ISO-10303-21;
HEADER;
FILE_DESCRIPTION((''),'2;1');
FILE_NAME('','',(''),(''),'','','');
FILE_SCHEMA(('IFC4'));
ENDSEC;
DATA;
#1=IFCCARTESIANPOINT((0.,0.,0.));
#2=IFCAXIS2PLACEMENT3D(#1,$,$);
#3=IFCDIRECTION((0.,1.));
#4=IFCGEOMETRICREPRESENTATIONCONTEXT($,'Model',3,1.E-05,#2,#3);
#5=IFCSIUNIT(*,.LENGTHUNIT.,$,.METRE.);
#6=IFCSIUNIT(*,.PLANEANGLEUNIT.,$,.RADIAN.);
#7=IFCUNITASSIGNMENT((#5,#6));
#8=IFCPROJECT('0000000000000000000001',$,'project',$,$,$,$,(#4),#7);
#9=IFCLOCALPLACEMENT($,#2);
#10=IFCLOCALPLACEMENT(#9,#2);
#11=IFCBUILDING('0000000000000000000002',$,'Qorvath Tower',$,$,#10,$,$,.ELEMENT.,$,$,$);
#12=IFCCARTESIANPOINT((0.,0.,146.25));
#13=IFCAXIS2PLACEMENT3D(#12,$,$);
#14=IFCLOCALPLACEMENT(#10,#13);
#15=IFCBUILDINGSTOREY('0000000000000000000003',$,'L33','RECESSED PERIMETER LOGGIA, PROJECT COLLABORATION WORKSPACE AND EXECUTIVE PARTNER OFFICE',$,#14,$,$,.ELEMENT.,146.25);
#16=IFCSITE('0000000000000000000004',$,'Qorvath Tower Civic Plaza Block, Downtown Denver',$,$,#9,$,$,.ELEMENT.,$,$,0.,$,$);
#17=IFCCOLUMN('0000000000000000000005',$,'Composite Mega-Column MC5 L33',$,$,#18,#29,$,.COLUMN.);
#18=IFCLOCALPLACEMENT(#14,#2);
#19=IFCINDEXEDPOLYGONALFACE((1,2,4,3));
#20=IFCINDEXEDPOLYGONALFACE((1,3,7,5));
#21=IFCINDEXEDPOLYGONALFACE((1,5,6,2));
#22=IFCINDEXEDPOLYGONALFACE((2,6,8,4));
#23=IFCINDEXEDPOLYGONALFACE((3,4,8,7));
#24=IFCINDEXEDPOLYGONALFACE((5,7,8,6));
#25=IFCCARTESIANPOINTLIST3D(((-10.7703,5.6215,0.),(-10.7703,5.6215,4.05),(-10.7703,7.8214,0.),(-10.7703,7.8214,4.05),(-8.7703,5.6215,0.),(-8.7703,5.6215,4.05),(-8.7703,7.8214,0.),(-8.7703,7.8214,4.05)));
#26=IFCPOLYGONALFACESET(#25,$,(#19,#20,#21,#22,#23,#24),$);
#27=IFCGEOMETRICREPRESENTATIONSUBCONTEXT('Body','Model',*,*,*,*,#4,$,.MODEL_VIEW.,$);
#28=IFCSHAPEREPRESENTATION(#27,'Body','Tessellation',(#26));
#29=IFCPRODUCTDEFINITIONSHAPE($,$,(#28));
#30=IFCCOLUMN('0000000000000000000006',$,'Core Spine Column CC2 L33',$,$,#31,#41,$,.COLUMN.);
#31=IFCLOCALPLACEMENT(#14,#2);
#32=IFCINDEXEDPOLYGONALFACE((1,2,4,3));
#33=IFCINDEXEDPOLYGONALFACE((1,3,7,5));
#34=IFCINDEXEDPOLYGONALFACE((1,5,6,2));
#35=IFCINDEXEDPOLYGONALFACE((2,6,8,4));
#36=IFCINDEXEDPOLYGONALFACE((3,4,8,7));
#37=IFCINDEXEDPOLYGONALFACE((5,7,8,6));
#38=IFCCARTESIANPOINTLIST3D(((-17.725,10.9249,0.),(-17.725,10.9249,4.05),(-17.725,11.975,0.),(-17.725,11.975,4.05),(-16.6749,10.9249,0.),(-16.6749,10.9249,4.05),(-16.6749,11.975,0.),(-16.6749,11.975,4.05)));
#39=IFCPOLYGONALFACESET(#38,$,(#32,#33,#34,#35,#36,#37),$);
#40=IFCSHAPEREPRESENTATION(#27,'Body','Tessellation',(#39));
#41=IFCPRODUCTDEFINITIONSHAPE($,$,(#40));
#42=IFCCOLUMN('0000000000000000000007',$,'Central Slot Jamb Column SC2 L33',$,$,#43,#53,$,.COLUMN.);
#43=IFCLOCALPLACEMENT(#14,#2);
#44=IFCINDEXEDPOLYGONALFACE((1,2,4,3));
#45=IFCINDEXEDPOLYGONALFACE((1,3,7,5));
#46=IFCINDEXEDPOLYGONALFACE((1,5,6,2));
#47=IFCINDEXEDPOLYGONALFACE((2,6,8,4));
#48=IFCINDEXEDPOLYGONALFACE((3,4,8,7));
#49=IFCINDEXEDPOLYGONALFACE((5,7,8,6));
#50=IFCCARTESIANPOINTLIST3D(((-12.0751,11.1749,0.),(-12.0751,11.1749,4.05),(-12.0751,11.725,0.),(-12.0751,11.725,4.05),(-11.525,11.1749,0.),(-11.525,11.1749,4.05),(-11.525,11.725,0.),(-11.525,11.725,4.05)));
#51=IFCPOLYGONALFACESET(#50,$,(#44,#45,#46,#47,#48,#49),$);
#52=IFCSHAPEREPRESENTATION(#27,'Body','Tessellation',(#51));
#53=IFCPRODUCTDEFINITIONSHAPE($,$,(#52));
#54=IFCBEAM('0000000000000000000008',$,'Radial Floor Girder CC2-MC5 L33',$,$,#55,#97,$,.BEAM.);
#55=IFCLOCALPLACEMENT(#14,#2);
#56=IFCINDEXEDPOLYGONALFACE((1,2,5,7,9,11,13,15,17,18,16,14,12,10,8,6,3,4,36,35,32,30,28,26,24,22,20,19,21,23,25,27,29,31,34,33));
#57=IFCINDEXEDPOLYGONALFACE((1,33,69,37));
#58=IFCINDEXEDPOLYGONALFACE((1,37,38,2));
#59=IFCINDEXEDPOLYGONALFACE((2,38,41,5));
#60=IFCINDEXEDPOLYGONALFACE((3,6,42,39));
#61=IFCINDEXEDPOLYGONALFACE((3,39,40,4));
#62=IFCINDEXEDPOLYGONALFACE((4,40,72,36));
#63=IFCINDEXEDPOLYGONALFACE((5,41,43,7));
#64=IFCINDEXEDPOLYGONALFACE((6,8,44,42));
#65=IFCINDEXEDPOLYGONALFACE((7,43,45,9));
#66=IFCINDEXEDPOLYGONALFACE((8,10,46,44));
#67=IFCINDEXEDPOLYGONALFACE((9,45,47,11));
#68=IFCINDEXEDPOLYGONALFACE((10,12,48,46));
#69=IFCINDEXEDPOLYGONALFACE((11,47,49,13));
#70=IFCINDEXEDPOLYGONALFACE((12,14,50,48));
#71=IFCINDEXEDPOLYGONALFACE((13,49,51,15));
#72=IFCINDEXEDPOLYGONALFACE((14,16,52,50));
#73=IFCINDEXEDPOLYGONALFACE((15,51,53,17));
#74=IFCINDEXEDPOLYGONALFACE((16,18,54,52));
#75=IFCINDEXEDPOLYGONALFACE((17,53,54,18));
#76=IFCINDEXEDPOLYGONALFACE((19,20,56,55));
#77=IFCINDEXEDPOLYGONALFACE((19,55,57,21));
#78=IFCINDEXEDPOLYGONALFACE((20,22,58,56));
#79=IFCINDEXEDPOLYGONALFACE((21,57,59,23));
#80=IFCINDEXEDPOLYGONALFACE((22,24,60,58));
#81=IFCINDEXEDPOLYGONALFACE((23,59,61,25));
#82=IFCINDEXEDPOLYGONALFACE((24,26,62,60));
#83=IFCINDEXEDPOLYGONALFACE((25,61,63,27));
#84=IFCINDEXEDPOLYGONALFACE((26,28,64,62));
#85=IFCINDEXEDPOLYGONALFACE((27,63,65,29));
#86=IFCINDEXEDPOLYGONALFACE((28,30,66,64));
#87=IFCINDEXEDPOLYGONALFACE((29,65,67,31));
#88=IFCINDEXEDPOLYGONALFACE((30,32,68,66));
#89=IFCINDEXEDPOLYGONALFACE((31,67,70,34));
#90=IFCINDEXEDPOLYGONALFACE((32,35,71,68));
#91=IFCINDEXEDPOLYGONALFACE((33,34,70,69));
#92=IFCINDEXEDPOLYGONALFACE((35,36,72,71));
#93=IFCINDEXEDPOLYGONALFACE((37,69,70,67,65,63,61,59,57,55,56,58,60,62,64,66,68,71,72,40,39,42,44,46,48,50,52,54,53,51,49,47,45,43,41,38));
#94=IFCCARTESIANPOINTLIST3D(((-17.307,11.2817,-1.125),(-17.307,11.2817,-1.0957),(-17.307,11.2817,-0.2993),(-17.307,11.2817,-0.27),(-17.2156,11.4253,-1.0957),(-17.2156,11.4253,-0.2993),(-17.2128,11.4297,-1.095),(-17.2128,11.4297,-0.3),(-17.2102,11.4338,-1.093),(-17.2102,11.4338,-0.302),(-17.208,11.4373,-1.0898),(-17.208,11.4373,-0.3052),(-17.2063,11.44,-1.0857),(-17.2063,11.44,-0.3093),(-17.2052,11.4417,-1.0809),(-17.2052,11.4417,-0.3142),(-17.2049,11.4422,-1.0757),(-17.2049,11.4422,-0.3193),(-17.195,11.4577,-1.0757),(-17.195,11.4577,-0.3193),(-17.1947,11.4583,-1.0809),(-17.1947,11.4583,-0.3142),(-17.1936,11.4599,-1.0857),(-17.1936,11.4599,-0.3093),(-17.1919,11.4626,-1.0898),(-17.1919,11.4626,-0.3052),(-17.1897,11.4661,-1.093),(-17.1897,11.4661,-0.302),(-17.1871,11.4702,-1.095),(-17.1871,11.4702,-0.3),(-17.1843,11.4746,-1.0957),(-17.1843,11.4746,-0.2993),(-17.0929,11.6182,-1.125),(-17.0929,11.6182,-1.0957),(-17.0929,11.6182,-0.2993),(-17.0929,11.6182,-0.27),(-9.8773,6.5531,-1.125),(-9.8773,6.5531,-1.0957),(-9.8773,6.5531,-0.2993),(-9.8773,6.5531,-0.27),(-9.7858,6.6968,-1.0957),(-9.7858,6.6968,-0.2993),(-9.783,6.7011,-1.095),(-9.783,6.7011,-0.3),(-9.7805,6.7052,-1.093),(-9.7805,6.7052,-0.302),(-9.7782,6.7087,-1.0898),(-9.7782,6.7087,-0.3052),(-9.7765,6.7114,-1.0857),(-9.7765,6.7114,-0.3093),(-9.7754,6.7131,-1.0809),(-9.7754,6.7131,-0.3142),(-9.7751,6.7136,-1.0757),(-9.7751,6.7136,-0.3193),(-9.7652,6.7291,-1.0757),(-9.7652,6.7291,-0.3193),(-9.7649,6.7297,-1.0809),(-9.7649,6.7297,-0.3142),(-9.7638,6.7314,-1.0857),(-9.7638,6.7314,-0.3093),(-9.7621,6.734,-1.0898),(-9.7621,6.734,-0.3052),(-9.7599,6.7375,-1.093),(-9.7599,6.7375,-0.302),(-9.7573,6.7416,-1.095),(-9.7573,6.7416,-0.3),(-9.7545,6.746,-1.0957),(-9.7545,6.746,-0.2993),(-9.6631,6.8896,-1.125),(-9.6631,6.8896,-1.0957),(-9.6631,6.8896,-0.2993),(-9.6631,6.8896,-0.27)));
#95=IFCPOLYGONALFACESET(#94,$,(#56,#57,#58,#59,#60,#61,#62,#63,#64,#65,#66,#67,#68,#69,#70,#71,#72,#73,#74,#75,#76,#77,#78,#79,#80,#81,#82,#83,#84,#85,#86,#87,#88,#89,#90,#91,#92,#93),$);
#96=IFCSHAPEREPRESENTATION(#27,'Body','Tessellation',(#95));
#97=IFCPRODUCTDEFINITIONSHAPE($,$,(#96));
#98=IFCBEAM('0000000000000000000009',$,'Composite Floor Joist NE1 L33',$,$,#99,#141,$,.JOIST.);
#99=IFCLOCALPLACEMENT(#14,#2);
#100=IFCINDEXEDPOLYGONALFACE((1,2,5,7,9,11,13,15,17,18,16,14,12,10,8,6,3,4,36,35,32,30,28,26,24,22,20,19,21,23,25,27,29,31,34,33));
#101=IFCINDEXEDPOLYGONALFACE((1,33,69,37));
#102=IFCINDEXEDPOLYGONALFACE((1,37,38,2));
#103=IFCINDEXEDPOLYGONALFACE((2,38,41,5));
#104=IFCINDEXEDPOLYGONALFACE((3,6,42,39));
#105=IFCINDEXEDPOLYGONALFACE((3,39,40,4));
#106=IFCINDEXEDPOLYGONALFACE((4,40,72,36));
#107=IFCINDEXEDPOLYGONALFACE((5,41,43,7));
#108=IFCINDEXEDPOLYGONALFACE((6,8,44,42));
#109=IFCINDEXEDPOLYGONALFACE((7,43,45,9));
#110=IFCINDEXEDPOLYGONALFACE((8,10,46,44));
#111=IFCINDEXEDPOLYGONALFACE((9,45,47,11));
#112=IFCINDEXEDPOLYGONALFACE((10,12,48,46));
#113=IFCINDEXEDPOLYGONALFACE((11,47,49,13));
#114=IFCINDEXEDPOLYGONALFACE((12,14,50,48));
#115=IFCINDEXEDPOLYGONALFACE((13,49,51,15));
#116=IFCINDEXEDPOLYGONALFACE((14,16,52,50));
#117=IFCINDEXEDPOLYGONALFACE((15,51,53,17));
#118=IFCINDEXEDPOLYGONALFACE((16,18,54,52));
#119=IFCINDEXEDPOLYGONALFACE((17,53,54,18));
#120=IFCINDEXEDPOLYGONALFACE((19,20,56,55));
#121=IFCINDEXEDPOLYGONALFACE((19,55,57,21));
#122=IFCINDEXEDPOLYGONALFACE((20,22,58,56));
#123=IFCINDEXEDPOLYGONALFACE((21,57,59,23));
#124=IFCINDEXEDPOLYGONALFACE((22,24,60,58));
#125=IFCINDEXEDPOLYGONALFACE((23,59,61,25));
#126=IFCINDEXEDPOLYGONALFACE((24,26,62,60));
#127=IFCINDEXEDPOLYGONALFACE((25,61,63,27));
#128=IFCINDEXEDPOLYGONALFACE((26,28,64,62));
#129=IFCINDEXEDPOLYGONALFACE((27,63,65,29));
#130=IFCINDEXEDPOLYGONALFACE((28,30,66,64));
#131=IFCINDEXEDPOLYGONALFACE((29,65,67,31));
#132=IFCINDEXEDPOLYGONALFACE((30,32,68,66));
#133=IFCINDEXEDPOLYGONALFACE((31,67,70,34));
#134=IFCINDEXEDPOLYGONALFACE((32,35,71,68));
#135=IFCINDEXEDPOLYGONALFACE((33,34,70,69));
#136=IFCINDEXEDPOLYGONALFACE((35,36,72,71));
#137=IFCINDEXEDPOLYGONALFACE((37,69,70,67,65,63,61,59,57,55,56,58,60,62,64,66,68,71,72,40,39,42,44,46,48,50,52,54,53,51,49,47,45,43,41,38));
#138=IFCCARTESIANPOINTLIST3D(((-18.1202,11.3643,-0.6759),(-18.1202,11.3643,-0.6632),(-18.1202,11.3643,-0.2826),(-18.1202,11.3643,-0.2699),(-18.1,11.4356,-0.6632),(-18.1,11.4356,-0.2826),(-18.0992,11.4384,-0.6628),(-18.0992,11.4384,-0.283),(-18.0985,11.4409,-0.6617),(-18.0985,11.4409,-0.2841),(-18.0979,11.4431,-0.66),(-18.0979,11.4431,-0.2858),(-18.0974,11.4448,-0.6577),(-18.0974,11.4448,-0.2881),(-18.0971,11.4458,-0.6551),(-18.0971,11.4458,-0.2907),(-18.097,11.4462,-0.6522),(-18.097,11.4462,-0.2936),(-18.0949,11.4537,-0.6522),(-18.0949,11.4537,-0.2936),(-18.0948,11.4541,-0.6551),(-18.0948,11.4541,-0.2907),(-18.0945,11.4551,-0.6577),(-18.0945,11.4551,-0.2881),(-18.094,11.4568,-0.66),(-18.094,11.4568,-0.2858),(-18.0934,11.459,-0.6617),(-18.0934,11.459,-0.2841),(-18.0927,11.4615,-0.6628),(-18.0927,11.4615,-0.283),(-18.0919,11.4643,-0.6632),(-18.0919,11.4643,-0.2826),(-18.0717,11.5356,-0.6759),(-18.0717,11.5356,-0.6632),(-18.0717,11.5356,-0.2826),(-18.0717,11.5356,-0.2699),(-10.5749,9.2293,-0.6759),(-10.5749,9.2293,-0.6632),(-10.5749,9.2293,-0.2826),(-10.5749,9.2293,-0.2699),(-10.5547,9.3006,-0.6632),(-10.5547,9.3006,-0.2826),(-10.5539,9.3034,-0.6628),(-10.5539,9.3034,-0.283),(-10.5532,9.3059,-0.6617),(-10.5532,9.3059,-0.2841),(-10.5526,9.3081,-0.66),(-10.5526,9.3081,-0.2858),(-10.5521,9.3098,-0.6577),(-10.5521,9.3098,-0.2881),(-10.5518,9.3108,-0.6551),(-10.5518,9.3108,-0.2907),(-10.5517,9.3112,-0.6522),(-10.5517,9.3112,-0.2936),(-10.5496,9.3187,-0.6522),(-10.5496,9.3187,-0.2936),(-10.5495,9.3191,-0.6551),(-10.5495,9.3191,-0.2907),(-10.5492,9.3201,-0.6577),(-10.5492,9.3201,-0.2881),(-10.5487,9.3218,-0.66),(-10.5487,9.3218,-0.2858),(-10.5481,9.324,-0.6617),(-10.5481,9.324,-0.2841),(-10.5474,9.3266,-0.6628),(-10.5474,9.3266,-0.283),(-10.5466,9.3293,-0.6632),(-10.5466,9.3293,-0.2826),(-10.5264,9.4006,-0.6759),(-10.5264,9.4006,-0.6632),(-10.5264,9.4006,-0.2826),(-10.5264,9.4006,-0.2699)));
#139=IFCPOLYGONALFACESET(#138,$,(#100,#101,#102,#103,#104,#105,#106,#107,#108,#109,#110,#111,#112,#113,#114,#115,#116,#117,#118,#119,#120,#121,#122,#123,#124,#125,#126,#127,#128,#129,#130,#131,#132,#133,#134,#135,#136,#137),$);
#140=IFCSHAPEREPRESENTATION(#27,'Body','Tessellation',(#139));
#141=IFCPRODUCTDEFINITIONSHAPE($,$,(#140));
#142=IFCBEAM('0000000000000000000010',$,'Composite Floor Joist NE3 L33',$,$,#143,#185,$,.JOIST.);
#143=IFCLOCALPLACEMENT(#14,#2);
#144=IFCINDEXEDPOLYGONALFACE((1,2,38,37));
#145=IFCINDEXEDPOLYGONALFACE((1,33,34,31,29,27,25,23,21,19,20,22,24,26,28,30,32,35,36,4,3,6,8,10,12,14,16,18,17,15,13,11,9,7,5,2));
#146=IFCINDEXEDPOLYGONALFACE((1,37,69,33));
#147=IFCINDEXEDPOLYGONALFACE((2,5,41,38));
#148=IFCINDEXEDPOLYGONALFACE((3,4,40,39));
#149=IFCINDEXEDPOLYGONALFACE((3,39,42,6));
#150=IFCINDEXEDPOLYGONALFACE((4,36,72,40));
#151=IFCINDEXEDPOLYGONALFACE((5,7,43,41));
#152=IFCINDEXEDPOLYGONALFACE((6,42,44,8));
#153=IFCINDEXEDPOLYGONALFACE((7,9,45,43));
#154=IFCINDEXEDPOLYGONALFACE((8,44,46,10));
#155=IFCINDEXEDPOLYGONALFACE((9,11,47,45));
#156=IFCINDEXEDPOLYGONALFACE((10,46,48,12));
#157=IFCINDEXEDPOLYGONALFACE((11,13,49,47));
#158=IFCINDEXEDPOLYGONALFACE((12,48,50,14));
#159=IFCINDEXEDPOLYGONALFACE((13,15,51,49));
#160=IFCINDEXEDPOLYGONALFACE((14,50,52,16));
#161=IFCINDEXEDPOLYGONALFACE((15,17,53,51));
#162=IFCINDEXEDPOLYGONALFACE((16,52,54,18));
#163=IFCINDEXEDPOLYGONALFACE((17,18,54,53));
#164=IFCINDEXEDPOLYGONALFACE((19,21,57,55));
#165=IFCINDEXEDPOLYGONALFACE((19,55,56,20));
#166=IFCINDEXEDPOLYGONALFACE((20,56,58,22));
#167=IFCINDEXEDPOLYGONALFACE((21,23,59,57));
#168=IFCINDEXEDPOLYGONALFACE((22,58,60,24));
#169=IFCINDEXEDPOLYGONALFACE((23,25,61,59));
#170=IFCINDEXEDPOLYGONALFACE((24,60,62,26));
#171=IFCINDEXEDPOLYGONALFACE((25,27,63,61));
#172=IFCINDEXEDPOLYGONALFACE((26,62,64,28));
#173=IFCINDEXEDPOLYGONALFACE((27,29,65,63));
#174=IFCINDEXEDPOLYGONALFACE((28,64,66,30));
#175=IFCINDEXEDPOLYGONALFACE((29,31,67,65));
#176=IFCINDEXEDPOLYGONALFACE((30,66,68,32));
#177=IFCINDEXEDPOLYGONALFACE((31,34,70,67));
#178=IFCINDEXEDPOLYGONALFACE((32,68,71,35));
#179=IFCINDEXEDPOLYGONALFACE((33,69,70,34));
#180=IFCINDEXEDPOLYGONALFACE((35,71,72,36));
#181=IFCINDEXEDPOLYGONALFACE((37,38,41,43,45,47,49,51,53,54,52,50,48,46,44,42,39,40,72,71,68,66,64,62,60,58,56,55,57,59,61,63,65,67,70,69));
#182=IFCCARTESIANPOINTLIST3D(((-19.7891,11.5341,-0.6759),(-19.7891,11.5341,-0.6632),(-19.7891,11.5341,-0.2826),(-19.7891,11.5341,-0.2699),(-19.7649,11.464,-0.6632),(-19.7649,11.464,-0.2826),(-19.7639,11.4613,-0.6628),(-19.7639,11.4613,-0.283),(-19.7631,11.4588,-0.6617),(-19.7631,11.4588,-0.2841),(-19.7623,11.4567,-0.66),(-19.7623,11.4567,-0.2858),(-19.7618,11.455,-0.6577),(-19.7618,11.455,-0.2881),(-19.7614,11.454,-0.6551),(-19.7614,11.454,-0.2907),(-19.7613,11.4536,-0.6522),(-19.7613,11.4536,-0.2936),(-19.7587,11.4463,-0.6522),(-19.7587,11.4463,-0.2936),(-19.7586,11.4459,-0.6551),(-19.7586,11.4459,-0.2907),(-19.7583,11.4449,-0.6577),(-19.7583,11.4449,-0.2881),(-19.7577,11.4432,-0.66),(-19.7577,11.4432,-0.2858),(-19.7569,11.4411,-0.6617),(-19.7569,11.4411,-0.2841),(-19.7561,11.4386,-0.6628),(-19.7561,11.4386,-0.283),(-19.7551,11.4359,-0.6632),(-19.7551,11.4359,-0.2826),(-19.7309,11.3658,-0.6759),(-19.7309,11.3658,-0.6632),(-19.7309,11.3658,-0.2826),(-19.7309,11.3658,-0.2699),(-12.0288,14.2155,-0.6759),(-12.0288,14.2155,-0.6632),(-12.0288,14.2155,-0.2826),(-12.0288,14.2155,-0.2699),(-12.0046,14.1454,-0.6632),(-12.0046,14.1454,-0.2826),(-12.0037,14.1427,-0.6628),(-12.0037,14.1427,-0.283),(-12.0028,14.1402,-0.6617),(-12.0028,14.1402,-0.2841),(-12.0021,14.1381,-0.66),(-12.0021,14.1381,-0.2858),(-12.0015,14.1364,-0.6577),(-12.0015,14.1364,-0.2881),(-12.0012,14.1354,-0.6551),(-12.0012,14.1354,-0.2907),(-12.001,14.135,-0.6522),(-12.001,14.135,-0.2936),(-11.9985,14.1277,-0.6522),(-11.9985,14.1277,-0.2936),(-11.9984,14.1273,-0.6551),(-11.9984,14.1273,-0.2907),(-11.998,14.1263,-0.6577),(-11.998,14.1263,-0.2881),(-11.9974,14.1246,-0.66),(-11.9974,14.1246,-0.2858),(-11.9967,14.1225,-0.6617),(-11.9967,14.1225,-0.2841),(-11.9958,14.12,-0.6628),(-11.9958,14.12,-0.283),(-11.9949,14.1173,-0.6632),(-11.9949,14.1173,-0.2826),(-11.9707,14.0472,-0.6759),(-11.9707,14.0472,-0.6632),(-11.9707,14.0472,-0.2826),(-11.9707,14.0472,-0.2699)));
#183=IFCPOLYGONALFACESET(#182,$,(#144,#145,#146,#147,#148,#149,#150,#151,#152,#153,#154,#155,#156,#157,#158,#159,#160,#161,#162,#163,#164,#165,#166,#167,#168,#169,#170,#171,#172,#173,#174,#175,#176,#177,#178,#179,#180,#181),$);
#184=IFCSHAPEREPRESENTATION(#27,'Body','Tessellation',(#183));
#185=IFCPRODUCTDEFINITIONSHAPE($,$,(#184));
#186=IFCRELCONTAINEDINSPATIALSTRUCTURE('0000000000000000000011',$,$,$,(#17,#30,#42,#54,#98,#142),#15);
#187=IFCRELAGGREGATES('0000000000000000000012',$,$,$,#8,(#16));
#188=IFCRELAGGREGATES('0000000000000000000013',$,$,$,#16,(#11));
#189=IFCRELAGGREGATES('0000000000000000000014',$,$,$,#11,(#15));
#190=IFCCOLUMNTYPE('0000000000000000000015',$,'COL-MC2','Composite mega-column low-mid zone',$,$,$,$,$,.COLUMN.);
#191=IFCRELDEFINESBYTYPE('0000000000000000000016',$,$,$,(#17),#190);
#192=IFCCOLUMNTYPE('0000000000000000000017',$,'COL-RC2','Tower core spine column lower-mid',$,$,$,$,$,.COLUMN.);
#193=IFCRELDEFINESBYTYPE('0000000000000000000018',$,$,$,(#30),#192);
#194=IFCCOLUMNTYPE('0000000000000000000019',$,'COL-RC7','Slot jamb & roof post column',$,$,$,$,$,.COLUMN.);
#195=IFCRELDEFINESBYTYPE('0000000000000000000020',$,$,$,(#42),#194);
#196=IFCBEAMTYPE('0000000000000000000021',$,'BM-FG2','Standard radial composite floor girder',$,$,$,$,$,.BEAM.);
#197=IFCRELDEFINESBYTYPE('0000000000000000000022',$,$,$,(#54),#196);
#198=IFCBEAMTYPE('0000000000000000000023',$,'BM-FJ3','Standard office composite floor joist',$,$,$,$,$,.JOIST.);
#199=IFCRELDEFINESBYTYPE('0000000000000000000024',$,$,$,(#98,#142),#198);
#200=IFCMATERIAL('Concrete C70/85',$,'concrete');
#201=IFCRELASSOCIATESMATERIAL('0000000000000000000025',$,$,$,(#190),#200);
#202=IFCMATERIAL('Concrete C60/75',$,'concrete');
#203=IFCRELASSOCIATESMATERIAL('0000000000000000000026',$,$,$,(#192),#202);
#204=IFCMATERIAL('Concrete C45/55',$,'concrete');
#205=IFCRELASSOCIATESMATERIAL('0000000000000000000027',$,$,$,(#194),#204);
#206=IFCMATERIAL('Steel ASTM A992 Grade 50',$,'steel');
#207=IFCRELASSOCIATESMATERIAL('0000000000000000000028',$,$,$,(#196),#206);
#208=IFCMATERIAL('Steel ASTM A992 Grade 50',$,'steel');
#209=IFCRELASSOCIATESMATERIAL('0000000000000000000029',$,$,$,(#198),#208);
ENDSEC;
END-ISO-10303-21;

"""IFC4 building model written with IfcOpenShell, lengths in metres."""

from ifc_helpers import new_model, si_unit, direction, frame, origin, origin_2d, place, context, subcontext, project, spatial, rectangle, i_section, extrude, material, material_profile, profile_set, type_object, element, save


model = new_model("IFC4")

# Units and contexts
model_context = context("Model", 3, precision=1e-05, world=origin(), true_north=direction((0.0, 1.0)))
body_context = subcontext(model_context, "Body", "Model", "MODEL_VIEW")
ifc_project = project(units=[si_unit("LENGTHUNIT", "METRE"), si_unit("PLANEANGLEUNIT", "RADIAN")], contexts=[model_context])

# Site, building, storey
site_placement = place(None, origin())
site = spatial("IfcSite", under=ifc_project, at=site_placement, Name="Qorvath Tower Civic Plaza Block, Downtown Denver", CompositionType="ELEMENT", RefElevation=0.0)
building_placement = place(site_placement, origin())
building = spatial("IfcBuilding", under=site, at=building_placement, Name="Qorvath Tower", CompositionType="ELEMENT")
storey_placement = place(building_placement, frame((0.0, 0.0, 146.25)))
storey = spatial("IfcBuildingStorey", under=building, at=storey_placement, Name="L33", Description="RECESSED PERIMETER LOGGIA, PROJECT COLLABORATION WORKSPACE AND EXECUTIVE PARTNER OFFICE", CompositionType="ELEMENT", Elevation=146.25)

# Columns
ifc_material_1 = material(Name="Concrete C70/85", Category="concrete")
ifc_material_profile_1 = material_profile(ifc_material_1, rectangle(XDim=2.0, YDim=2.2, at=origin_2d()), Name="MC 2200x2000")
ifc_profile_set_1 = profile_set([ifc_material_profile_1], Name="Concrete C70/85")
column_type_1 = type_object("IfcColumnType", Name="COL-MC2", Description="Composite mega-column low-mid zone", PredefinedType="COLUMN", material=ifc_profile_set_1)
column_1_placement = place(storey_placement, frame((-9.7703, 6.7214, 0.0), z_axis=(0.0, 0.0, 1.0), x_axis=(1.0, 0.0, 0.0)))
element("IfcColumn", 1, at=column_1_placement, inside=storey, type_object=column_type_1, Name="Composite Mega-Column MC5 L33", PredefinedType="COLUMN", context=body_context, shape_type="SweptSolid", body=[
    extrude(rectangle(XDim=2.0, YDim=2.2, at=origin_2d()), origin(), (0.0, 0.0, 1.0), 4.05),
])
ifc_material_2 = material(Name="Concrete C60/75", Category="concrete")
ifc_material_profile_2 = material_profile(ifc_material_2, rectangle(XDim=1.05, YDim=1.05, at=origin_2d()), Name="RC 1050x1050")
ifc_profile_set_2 = profile_set([ifc_material_profile_2], Name="Concrete C60/75")
column_type_2 = type_object("IfcColumnType", Name="COL-RC2", Description="Tower core spine column lower-mid", PredefinedType="COLUMN", material=ifc_profile_set_2)
column_2_placement = place(storey_placement, frame((-17.2, 11.45, 0.0), z_axis=(0.0, 0.0, 1.0), x_axis=(1.0, 0.0, 0.0)))
element("IfcColumn", 2, at=column_2_placement, inside=storey, type_object=column_type_2, Name="Core Spine Column CC2 L33", PredefinedType="COLUMN", context=body_context, shape_type="SweptSolid", body=[
    extrude(rectangle(XDim=1.05, YDim=1.05, at=origin_2d()), origin(), (0.0, 0.0, 1.0), 4.05),
])
ifc_material_3 = material(Name="Concrete C45/55", Category="concrete")
ifc_material_profile_3 = material_profile(ifc_material_3, rectangle(XDim=0.55, YDim=0.55, at=origin_2d()), Name="RC 550x550")
ifc_profile_set_3 = profile_set([ifc_material_profile_3], Name="Concrete C45/55")
column_type_3 = type_object("IfcColumnType", Name="COL-RC7", Description="Slot jamb & roof post column", PredefinedType="COLUMN", material=ifc_profile_set_3)
column_3_placement = place(storey_placement, frame((-11.8, 11.45, 0.0), z_axis=(0.0, 0.0, 1.0), x_axis=(1.0, 0.0, 0.0)))
element("IfcColumn", 3, at=column_3_placement, inside=storey, type_object=column_type_3, Name="Central Slot Jamb Column SC2 L33", PredefinedType="COLUMN", context=body_context, shape_type="SweptSolid", body=[
    extrude(rectangle(XDim=0.55, YDim=0.55, at=origin_2d()), origin(), (0.0, 0.0, 1.0), 4.05),
])

# Beams
ifc_material_4 = material(Name="Steel ASTM A992 Grade 50", Category="steel")
ifc_material_profile_4 = material_profile(ifc_material_4, i_section(OverallWidth=0.3989, OverallDepth=0.855, WebThickness=0.0183, FlangeThickness=0.0293, FilletRadius=0.02, at=origin_2d()), Name="W33x201")
ifc_profile_set_4 = profile_set([ifc_material_profile_4], Name="Steel ASTM A992 Grade 50")
beam_type_1 = type_object("IfcBeamType", Name="BM-FG2", Description="Standard radial composite floor girder", PredefinedType="BEAM", material=ifc_profile_set_4)
beam_1_placement = place(storey_placement, frame((-17.2, 11.45, -0.6975), z_axis=(0.843634, -0.536919, 0.0), x_axis=(0.536919, 0.843634, 0.0)))
element("IfcBeam", 4, at=beam_1_placement, inside=storey, type_object=beam_type_1, Name="Radial Floor Girder CC2-MC5 L33", PredefinedType="BEAM", context=body_context, shape_type="SweptSolid", body=[
    extrude(i_section(OverallWidth=0.3989, OverallDepth=0.855, WebThickness=0.0183, FlangeThickness=0.0293, FilletRadius=0.02, at=origin_2d()), origin(), (0.0, 0.0, 1.0), 8.8069),
])
ifc_material_5 = material(Name="Steel ASTM A992 Grade 50", Category="steel")
ifc_material_profile_5 = material_profile(ifc_material_5, i_section(OverallWidth=0.178, OverallDepth=0.406, WebThickness=0.0078, FlangeThickness=0.0127, FilletRadius=0.011, at=origin_2d()), Name="W16x40")
ifc_profile_set_5 = profile_set([ifc_material_profile_5], Name="Steel ASTM A992 Grade 50")
beam_type_2 = type_object("IfcBeamType", Name="BM-FJ3", Description="Standard office composite floor joist", PredefinedType="JOIST", material=ifc_profile_set_5)
beam_2_placement = place(storey_placement, frame((-18.0959, 11.45, -0.4729), z_axis=(0.962222, -0.272265, 0.0), x_axis=(0.272265, 0.962222, 0.0)))
element("IfcBeam", 5, at=beam_2_placement, inside=storey, type_object=beam_type_2, Name="Composite Floor Joist NE1 L33", PredefinedType="JOIST", context=body_context, shape_type="SweptSolid", body=[
    extrude(i_section(OverallWidth=0.178, OverallDepth=0.406, WebThickness=0.0078, FlangeThickness=0.0127, FilletRadius=0.011, at=origin_2d()), origin(), (0.0, 0.0, 1.0), 7.8416),
])
beam_3_placement = place(storey_placement, frame((-19.76, 11.45, -0.4729), z_axis=(0.945168, 0.326584, 0.0), x_axis=(-0.326584, 0.945168, 0.0)))
element("IfcBeam", 6, at=beam_3_placement, inside=storey, type_object=beam_type_2, Name="Composite Floor Joist NE3 L33", PredefinedType="JOIST", context=body_context, shape_type="SweptSolid", body=[
    extrude(i_section(OverallWidth=0.178, OverallDepth=0.406, WebThickness=0.0078, FlangeThickness=0.0127, FilletRadius=0.011, at=origin_2d()), origin(), (0.0, 0.0, 1.0), 8.2104),
])

save(model, "model.ifc")
